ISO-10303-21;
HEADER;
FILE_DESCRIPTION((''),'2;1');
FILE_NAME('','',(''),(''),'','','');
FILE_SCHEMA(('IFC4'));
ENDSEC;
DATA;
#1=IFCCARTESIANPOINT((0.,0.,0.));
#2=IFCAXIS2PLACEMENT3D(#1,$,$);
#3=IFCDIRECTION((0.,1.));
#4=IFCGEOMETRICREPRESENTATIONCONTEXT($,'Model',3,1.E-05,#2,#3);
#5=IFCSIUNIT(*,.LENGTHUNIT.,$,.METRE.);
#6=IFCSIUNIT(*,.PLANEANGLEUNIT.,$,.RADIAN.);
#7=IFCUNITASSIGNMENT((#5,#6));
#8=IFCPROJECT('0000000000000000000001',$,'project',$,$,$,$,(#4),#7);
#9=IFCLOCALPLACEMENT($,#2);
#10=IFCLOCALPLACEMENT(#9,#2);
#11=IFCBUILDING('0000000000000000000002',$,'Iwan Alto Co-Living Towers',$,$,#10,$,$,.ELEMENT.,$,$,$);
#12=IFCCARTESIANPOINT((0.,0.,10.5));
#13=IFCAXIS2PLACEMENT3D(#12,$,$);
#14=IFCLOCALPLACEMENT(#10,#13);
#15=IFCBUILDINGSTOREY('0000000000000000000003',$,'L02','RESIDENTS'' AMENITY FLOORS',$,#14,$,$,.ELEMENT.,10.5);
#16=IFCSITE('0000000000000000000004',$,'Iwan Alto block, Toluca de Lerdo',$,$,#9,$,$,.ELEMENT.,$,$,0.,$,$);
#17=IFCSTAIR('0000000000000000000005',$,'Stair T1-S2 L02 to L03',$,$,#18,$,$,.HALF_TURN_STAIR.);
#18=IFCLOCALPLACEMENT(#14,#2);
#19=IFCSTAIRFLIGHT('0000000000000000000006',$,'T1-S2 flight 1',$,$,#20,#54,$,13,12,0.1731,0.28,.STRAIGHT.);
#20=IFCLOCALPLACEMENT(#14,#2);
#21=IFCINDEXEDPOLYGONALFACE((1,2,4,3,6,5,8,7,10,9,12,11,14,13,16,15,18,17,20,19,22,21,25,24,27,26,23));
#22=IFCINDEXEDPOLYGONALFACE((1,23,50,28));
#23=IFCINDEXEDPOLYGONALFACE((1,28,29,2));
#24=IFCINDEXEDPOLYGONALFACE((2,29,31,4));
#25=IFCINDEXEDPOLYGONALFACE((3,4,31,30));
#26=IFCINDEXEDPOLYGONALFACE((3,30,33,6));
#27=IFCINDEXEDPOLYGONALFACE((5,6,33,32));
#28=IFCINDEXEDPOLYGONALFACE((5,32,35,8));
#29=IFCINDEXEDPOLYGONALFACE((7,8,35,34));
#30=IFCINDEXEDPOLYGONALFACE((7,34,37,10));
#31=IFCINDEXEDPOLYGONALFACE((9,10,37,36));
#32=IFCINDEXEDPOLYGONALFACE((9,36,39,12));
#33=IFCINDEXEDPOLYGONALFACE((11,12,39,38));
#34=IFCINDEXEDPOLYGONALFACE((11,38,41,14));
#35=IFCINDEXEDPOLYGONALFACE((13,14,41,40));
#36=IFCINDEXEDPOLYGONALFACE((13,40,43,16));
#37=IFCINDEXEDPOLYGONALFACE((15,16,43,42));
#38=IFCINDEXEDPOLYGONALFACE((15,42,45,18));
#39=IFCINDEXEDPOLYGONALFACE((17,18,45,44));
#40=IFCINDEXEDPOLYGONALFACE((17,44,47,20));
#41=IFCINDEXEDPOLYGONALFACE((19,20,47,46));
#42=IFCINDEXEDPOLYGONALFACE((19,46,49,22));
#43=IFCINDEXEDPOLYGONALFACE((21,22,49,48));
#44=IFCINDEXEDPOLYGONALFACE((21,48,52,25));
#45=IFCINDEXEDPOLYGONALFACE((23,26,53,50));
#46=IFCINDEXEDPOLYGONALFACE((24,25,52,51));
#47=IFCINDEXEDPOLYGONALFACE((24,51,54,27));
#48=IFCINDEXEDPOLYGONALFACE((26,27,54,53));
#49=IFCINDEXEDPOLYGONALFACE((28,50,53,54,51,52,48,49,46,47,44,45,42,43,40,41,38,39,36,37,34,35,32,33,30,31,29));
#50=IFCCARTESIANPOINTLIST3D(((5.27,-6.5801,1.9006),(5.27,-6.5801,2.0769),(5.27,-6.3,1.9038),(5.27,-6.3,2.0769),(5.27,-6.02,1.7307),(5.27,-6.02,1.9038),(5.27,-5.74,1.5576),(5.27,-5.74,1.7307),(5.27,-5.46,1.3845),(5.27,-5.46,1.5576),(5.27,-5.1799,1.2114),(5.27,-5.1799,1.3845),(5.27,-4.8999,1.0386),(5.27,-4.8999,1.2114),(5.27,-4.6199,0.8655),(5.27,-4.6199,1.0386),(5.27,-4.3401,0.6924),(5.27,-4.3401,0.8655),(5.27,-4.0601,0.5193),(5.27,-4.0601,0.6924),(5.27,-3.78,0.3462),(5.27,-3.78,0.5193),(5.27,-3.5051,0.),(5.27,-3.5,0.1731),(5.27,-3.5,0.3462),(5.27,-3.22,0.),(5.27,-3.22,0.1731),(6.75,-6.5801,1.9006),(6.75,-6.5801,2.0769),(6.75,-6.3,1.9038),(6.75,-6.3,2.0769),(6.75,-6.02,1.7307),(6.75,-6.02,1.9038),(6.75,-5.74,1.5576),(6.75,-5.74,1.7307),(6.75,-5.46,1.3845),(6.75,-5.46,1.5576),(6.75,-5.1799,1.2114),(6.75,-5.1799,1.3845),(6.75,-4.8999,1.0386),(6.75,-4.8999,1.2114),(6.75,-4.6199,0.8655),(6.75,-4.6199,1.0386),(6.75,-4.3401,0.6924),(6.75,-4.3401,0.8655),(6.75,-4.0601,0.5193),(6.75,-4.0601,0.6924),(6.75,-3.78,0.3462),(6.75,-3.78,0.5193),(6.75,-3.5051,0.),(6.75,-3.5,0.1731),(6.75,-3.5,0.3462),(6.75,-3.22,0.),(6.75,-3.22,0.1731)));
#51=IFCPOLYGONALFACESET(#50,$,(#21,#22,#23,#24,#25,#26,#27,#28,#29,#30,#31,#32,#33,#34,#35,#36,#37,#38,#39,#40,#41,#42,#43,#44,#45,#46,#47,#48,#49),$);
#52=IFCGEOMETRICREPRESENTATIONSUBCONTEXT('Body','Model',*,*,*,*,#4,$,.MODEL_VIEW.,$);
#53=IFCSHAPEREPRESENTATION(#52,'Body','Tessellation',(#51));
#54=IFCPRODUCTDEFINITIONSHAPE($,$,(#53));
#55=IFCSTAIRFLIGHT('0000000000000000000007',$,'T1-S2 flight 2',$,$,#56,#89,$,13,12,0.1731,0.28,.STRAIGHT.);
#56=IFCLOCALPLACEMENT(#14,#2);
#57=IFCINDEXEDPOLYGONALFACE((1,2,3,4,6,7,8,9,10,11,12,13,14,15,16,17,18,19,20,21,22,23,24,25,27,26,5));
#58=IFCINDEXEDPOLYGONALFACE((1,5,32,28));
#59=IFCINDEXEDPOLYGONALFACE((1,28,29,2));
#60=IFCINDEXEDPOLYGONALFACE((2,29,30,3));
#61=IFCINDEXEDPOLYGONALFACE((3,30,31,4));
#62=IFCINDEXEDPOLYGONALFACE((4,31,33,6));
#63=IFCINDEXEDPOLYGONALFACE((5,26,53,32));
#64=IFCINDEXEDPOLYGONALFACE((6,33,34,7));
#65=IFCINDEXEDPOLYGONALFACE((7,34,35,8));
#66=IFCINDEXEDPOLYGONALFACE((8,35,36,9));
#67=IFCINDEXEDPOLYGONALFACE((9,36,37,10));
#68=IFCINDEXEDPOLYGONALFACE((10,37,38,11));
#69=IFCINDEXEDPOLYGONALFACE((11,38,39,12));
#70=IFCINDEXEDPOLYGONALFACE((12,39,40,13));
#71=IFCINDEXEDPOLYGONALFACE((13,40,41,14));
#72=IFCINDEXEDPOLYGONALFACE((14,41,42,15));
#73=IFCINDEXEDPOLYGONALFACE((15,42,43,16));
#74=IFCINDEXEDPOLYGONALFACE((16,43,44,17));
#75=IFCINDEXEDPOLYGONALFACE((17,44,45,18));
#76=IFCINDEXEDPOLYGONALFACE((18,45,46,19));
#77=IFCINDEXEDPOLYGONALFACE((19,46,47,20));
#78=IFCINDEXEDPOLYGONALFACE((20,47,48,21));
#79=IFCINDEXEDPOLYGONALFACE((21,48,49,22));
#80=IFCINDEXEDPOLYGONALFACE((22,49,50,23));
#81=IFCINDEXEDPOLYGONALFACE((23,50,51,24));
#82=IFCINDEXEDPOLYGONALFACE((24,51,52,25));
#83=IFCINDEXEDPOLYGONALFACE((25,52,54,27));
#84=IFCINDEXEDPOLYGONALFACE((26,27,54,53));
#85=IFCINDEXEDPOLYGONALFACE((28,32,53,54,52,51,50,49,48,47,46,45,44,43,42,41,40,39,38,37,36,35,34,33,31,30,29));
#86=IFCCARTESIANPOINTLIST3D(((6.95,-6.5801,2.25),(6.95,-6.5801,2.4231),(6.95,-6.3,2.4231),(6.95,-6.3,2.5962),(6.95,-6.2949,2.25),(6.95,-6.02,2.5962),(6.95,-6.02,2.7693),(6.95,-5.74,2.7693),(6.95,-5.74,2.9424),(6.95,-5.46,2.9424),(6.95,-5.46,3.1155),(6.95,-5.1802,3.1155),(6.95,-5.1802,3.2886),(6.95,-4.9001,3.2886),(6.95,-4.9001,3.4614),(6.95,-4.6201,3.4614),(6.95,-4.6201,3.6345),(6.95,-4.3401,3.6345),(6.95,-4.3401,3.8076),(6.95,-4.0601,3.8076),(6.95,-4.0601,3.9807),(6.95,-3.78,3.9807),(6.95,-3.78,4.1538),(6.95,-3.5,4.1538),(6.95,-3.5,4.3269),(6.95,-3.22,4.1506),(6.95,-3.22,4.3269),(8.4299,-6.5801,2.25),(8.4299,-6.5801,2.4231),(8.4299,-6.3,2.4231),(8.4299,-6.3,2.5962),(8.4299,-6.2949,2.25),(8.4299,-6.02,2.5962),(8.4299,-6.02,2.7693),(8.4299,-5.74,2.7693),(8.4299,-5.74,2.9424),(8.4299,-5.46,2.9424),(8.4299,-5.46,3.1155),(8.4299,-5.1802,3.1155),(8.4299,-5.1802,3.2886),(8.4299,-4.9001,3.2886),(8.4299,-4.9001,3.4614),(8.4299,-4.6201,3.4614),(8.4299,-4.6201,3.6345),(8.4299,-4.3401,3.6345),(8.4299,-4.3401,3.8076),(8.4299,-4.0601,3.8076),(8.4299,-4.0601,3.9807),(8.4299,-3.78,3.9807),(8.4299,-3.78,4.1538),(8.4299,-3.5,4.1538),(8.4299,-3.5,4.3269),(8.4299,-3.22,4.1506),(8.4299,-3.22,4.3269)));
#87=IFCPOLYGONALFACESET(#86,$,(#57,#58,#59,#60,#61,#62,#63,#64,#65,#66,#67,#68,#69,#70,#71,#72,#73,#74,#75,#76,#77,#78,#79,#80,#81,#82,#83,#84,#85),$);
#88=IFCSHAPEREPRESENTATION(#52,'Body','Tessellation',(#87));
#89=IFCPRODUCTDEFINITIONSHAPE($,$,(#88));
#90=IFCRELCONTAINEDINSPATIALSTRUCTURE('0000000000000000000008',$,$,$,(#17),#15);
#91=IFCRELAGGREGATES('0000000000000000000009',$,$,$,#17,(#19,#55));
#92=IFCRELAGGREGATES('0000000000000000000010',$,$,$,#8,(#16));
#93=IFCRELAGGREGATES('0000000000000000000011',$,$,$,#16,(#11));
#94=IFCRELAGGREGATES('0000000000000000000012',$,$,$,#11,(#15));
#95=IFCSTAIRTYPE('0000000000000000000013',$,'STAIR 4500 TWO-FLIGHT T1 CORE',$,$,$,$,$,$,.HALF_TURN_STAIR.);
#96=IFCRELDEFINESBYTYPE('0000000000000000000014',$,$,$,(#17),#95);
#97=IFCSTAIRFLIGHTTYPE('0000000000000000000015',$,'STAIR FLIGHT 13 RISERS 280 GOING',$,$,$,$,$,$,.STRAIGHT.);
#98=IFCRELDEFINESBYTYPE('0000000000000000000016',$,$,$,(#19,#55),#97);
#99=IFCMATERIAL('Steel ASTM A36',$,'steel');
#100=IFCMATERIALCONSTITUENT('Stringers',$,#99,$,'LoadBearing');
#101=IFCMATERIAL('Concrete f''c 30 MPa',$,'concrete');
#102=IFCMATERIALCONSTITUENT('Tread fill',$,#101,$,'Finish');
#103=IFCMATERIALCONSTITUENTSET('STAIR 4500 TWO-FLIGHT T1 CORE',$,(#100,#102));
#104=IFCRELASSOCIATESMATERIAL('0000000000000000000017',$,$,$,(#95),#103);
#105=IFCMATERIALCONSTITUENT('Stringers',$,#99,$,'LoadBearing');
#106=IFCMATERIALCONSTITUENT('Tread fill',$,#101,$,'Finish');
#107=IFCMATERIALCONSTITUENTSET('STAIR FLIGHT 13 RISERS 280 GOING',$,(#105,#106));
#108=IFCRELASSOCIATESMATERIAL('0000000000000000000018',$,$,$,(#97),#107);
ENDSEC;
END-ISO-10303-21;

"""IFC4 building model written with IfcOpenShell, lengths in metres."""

from ifc_helpers import new_model, si_unit, direction, frame, origin, place, context, subcontext, project, spatial, polyline, outline, extrude, material, constituent, constituent_set, type_object, element, aggregate, save


model = new_model("IFC4")

# Units and contexts
model_context = context("Model", 3, precision=1e-05, world=origin(), true_north=direction((0.0, 1.0)))
body_context = subcontext(model_context, "Body", "Model", "MODEL_VIEW")
ifc_project = project(units=[si_unit("LENGTHUNIT", "METRE"), si_unit("PLANEANGLEUNIT", "RADIAN")], contexts=[model_context])

# Site, building, storey
site_placement = place(None, origin())
site = spatial("IfcSite", under=ifc_project, at=site_placement, Name="Iwan Alto block, Toluca de Lerdo", CompositionType="ELEMENT", RefElevation=0.0)
building_placement = place(site_placement, origin())
building = spatial("IfcBuilding", under=site, at=building_placement, Name="Iwan Alto Co-Living Towers", CompositionType="ELEMENT")
storey_placement = place(building_placement, frame((0.0, 0.0, 10.5)))
storey = spatial("IfcBuildingStorey", under=building, at=storey_placement, Name="L02", Description="RESIDENTS' AMENITY FLOORS", CompositionType="ELEMENT", Elevation=10.5)

# Stair, stair flights
ifc_material_1 = material(Name="Steel ASTM A36", Category="steel")
ifc_constituent_1 = constituent(ifc_material_1, Name="Stringers", Category="LoadBearing")
ifc_material_2 = material(Name="Concrete f'c 30 MPa", Category="concrete")
ifc_constituent_2 = constituent(ifc_material_2, Name="Tread fill", Category="Finish")
ifc_constituent_set_1 = constituent_set(constituents=[ifc_constituent_1, ifc_constituent_2], Name="STAIR 4500 TWO-FLIGHT T1 CORE")
stair_type = type_object("IfcStairType", Name="STAIR 4500 TWO-FLIGHT T1 CORE", PredefinedType="HALF_TURN_STAIR", material=ifc_constituent_set_1)
stair_placement = place(storey_placement, origin())
stair = element("IfcStair", 1, at=stair_placement, inside=storey, type_object=stair_type, Name="Stair T1-S2 L02 to L03", PredefinedType="HALF_TURN_STAIR")
ifc_constituent_3 = constituent(ifc_material_1, Name="Stringers", Category="LoadBearing")
ifc_constituent_4 = constituent(ifc_material_2, Name="Tread fill", Category="Finish")
ifc_constituent_set_2 = constituent_set(constituents=[ifc_constituent_3, ifc_constituent_4], Name="STAIR FLIGHT 13 RISERS 280 GOING")
stair_flight_type = type_object("IfcStairFlightType", Name="STAIR FLIGHT 13 RISERS 280 GOING", PredefinedType="STRAIGHT", material=ifc_constituent_set_2)
stair_flight_1_placement = place(storey_placement, frame((6.01, -3.22, 0.0), z_axis=(0.0, 0.0, 1.0), x_axis=(0.0, -1.0, 0.0)))
stair_flight_1 = element("IfcStairFlight", 2, at=stair_flight_1_placement, type_object=stair_flight_type, Name="T1-S2 flight 1", NumberOfRisers=13, NumberOfTreads=12, PredefinedType="STRAIGHT", RiserHeight=0.1731, TreadLength=0.28, context=body_context, shape_type="SweptSolid", body=[
    extrude(outline(polyline([(0.0, 0.0), (0.0, 0.1731), (0.28, 0.1731), (0.28, 0.3462), (0.5601, 0.3462), (0.5601, 0.5193), (0.8401, 0.5193), (0.8401, 0.6924), (1.1201, 0.6924), (1.1201, 0.8655), (1.3999, 0.8655), (1.3999, 1.0386), (1.6799, 1.0386), (1.6799, 1.2114), (1.96, 1.2114), (1.96, 1.3845), (2.24, 1.3845), (2.24, 1.5576), (2.52, 1.5576), (2.52, 1.7307), (2.8, 1.7307), (2.8, 1.9038), (3.0801, 1.9038), (3.0801, 2.0769), (3.3601, 2.0769), (3.3601, 2.25), (3.3601, 1.9006), (0.2852, 0.0), (0.0, 0.0)])), frame((0.0, 0.74, 0.0), z_axis=(0.0, -1.0, 0.0), x_axis=(1.0, 0.0, 0.0)), (0.0, 0.0, 1.0), 1.48),
])
stair_flight_2_placement = place(storey_placement, frame((7.6899, -6.5801, 2.25), z_axis=(0.0, 0.0, 1.0), x_axis=(0.0, 1.0, 0.0)))
stair_flight_2 = element("IfcStairFlight", 3, at=stair_flight_2_placement, type_object=stair_flight_type, Name="T1-S2 flight 2", NumberOfRisers=13, NumberOfTreads=12, PredefinedType="STRAIGHT", RiserHeight=0.1731, TreadLength=0.28, context=body_context, shape_type="SweptSolid", body=[
    extrude(outline(polyline([(0.0, 0.0), (0.0, 0.1731), (0.28, 0.1731), (0.28, 0.3462), (0.5601, 0.3462), (0.5601, 0.5193), (0.8401, 0.5193), (0.8401, 0.6924), (1.1201, 0.6924), (1.1201, 0.8655), (1.3999, 0.8655), (1.3999, 1.0386), (1.6799, 1.0386), (1.6799, 1.2114), (1.96, 1.2114), (1.96, 1.3845), (2.24, 1.3845), (2.24, 1.5576), (2.52, 1.5576), (2.52, 1.7307), (2.8, 1.7307), (2.8, 1.9038), (3.0801, 1.9038), (3.0801, 2.0769), (3.3601, 2.0769), (3.3601, 2.25), (3.3601, 1.9006), (0.2852, 0.0), (0.0, 0.0)])), frame((0.0, 0.74, 0.0), z_axis=(0.0, -1.0, 0.0), x_axis=(1.0, 0.0, 0.0)), (0.0, 0.0, 1.0), 1.48),
])
aggregate(stair, [stair_flight_1, stair_flight_2])

save(model, "model.ifc")
